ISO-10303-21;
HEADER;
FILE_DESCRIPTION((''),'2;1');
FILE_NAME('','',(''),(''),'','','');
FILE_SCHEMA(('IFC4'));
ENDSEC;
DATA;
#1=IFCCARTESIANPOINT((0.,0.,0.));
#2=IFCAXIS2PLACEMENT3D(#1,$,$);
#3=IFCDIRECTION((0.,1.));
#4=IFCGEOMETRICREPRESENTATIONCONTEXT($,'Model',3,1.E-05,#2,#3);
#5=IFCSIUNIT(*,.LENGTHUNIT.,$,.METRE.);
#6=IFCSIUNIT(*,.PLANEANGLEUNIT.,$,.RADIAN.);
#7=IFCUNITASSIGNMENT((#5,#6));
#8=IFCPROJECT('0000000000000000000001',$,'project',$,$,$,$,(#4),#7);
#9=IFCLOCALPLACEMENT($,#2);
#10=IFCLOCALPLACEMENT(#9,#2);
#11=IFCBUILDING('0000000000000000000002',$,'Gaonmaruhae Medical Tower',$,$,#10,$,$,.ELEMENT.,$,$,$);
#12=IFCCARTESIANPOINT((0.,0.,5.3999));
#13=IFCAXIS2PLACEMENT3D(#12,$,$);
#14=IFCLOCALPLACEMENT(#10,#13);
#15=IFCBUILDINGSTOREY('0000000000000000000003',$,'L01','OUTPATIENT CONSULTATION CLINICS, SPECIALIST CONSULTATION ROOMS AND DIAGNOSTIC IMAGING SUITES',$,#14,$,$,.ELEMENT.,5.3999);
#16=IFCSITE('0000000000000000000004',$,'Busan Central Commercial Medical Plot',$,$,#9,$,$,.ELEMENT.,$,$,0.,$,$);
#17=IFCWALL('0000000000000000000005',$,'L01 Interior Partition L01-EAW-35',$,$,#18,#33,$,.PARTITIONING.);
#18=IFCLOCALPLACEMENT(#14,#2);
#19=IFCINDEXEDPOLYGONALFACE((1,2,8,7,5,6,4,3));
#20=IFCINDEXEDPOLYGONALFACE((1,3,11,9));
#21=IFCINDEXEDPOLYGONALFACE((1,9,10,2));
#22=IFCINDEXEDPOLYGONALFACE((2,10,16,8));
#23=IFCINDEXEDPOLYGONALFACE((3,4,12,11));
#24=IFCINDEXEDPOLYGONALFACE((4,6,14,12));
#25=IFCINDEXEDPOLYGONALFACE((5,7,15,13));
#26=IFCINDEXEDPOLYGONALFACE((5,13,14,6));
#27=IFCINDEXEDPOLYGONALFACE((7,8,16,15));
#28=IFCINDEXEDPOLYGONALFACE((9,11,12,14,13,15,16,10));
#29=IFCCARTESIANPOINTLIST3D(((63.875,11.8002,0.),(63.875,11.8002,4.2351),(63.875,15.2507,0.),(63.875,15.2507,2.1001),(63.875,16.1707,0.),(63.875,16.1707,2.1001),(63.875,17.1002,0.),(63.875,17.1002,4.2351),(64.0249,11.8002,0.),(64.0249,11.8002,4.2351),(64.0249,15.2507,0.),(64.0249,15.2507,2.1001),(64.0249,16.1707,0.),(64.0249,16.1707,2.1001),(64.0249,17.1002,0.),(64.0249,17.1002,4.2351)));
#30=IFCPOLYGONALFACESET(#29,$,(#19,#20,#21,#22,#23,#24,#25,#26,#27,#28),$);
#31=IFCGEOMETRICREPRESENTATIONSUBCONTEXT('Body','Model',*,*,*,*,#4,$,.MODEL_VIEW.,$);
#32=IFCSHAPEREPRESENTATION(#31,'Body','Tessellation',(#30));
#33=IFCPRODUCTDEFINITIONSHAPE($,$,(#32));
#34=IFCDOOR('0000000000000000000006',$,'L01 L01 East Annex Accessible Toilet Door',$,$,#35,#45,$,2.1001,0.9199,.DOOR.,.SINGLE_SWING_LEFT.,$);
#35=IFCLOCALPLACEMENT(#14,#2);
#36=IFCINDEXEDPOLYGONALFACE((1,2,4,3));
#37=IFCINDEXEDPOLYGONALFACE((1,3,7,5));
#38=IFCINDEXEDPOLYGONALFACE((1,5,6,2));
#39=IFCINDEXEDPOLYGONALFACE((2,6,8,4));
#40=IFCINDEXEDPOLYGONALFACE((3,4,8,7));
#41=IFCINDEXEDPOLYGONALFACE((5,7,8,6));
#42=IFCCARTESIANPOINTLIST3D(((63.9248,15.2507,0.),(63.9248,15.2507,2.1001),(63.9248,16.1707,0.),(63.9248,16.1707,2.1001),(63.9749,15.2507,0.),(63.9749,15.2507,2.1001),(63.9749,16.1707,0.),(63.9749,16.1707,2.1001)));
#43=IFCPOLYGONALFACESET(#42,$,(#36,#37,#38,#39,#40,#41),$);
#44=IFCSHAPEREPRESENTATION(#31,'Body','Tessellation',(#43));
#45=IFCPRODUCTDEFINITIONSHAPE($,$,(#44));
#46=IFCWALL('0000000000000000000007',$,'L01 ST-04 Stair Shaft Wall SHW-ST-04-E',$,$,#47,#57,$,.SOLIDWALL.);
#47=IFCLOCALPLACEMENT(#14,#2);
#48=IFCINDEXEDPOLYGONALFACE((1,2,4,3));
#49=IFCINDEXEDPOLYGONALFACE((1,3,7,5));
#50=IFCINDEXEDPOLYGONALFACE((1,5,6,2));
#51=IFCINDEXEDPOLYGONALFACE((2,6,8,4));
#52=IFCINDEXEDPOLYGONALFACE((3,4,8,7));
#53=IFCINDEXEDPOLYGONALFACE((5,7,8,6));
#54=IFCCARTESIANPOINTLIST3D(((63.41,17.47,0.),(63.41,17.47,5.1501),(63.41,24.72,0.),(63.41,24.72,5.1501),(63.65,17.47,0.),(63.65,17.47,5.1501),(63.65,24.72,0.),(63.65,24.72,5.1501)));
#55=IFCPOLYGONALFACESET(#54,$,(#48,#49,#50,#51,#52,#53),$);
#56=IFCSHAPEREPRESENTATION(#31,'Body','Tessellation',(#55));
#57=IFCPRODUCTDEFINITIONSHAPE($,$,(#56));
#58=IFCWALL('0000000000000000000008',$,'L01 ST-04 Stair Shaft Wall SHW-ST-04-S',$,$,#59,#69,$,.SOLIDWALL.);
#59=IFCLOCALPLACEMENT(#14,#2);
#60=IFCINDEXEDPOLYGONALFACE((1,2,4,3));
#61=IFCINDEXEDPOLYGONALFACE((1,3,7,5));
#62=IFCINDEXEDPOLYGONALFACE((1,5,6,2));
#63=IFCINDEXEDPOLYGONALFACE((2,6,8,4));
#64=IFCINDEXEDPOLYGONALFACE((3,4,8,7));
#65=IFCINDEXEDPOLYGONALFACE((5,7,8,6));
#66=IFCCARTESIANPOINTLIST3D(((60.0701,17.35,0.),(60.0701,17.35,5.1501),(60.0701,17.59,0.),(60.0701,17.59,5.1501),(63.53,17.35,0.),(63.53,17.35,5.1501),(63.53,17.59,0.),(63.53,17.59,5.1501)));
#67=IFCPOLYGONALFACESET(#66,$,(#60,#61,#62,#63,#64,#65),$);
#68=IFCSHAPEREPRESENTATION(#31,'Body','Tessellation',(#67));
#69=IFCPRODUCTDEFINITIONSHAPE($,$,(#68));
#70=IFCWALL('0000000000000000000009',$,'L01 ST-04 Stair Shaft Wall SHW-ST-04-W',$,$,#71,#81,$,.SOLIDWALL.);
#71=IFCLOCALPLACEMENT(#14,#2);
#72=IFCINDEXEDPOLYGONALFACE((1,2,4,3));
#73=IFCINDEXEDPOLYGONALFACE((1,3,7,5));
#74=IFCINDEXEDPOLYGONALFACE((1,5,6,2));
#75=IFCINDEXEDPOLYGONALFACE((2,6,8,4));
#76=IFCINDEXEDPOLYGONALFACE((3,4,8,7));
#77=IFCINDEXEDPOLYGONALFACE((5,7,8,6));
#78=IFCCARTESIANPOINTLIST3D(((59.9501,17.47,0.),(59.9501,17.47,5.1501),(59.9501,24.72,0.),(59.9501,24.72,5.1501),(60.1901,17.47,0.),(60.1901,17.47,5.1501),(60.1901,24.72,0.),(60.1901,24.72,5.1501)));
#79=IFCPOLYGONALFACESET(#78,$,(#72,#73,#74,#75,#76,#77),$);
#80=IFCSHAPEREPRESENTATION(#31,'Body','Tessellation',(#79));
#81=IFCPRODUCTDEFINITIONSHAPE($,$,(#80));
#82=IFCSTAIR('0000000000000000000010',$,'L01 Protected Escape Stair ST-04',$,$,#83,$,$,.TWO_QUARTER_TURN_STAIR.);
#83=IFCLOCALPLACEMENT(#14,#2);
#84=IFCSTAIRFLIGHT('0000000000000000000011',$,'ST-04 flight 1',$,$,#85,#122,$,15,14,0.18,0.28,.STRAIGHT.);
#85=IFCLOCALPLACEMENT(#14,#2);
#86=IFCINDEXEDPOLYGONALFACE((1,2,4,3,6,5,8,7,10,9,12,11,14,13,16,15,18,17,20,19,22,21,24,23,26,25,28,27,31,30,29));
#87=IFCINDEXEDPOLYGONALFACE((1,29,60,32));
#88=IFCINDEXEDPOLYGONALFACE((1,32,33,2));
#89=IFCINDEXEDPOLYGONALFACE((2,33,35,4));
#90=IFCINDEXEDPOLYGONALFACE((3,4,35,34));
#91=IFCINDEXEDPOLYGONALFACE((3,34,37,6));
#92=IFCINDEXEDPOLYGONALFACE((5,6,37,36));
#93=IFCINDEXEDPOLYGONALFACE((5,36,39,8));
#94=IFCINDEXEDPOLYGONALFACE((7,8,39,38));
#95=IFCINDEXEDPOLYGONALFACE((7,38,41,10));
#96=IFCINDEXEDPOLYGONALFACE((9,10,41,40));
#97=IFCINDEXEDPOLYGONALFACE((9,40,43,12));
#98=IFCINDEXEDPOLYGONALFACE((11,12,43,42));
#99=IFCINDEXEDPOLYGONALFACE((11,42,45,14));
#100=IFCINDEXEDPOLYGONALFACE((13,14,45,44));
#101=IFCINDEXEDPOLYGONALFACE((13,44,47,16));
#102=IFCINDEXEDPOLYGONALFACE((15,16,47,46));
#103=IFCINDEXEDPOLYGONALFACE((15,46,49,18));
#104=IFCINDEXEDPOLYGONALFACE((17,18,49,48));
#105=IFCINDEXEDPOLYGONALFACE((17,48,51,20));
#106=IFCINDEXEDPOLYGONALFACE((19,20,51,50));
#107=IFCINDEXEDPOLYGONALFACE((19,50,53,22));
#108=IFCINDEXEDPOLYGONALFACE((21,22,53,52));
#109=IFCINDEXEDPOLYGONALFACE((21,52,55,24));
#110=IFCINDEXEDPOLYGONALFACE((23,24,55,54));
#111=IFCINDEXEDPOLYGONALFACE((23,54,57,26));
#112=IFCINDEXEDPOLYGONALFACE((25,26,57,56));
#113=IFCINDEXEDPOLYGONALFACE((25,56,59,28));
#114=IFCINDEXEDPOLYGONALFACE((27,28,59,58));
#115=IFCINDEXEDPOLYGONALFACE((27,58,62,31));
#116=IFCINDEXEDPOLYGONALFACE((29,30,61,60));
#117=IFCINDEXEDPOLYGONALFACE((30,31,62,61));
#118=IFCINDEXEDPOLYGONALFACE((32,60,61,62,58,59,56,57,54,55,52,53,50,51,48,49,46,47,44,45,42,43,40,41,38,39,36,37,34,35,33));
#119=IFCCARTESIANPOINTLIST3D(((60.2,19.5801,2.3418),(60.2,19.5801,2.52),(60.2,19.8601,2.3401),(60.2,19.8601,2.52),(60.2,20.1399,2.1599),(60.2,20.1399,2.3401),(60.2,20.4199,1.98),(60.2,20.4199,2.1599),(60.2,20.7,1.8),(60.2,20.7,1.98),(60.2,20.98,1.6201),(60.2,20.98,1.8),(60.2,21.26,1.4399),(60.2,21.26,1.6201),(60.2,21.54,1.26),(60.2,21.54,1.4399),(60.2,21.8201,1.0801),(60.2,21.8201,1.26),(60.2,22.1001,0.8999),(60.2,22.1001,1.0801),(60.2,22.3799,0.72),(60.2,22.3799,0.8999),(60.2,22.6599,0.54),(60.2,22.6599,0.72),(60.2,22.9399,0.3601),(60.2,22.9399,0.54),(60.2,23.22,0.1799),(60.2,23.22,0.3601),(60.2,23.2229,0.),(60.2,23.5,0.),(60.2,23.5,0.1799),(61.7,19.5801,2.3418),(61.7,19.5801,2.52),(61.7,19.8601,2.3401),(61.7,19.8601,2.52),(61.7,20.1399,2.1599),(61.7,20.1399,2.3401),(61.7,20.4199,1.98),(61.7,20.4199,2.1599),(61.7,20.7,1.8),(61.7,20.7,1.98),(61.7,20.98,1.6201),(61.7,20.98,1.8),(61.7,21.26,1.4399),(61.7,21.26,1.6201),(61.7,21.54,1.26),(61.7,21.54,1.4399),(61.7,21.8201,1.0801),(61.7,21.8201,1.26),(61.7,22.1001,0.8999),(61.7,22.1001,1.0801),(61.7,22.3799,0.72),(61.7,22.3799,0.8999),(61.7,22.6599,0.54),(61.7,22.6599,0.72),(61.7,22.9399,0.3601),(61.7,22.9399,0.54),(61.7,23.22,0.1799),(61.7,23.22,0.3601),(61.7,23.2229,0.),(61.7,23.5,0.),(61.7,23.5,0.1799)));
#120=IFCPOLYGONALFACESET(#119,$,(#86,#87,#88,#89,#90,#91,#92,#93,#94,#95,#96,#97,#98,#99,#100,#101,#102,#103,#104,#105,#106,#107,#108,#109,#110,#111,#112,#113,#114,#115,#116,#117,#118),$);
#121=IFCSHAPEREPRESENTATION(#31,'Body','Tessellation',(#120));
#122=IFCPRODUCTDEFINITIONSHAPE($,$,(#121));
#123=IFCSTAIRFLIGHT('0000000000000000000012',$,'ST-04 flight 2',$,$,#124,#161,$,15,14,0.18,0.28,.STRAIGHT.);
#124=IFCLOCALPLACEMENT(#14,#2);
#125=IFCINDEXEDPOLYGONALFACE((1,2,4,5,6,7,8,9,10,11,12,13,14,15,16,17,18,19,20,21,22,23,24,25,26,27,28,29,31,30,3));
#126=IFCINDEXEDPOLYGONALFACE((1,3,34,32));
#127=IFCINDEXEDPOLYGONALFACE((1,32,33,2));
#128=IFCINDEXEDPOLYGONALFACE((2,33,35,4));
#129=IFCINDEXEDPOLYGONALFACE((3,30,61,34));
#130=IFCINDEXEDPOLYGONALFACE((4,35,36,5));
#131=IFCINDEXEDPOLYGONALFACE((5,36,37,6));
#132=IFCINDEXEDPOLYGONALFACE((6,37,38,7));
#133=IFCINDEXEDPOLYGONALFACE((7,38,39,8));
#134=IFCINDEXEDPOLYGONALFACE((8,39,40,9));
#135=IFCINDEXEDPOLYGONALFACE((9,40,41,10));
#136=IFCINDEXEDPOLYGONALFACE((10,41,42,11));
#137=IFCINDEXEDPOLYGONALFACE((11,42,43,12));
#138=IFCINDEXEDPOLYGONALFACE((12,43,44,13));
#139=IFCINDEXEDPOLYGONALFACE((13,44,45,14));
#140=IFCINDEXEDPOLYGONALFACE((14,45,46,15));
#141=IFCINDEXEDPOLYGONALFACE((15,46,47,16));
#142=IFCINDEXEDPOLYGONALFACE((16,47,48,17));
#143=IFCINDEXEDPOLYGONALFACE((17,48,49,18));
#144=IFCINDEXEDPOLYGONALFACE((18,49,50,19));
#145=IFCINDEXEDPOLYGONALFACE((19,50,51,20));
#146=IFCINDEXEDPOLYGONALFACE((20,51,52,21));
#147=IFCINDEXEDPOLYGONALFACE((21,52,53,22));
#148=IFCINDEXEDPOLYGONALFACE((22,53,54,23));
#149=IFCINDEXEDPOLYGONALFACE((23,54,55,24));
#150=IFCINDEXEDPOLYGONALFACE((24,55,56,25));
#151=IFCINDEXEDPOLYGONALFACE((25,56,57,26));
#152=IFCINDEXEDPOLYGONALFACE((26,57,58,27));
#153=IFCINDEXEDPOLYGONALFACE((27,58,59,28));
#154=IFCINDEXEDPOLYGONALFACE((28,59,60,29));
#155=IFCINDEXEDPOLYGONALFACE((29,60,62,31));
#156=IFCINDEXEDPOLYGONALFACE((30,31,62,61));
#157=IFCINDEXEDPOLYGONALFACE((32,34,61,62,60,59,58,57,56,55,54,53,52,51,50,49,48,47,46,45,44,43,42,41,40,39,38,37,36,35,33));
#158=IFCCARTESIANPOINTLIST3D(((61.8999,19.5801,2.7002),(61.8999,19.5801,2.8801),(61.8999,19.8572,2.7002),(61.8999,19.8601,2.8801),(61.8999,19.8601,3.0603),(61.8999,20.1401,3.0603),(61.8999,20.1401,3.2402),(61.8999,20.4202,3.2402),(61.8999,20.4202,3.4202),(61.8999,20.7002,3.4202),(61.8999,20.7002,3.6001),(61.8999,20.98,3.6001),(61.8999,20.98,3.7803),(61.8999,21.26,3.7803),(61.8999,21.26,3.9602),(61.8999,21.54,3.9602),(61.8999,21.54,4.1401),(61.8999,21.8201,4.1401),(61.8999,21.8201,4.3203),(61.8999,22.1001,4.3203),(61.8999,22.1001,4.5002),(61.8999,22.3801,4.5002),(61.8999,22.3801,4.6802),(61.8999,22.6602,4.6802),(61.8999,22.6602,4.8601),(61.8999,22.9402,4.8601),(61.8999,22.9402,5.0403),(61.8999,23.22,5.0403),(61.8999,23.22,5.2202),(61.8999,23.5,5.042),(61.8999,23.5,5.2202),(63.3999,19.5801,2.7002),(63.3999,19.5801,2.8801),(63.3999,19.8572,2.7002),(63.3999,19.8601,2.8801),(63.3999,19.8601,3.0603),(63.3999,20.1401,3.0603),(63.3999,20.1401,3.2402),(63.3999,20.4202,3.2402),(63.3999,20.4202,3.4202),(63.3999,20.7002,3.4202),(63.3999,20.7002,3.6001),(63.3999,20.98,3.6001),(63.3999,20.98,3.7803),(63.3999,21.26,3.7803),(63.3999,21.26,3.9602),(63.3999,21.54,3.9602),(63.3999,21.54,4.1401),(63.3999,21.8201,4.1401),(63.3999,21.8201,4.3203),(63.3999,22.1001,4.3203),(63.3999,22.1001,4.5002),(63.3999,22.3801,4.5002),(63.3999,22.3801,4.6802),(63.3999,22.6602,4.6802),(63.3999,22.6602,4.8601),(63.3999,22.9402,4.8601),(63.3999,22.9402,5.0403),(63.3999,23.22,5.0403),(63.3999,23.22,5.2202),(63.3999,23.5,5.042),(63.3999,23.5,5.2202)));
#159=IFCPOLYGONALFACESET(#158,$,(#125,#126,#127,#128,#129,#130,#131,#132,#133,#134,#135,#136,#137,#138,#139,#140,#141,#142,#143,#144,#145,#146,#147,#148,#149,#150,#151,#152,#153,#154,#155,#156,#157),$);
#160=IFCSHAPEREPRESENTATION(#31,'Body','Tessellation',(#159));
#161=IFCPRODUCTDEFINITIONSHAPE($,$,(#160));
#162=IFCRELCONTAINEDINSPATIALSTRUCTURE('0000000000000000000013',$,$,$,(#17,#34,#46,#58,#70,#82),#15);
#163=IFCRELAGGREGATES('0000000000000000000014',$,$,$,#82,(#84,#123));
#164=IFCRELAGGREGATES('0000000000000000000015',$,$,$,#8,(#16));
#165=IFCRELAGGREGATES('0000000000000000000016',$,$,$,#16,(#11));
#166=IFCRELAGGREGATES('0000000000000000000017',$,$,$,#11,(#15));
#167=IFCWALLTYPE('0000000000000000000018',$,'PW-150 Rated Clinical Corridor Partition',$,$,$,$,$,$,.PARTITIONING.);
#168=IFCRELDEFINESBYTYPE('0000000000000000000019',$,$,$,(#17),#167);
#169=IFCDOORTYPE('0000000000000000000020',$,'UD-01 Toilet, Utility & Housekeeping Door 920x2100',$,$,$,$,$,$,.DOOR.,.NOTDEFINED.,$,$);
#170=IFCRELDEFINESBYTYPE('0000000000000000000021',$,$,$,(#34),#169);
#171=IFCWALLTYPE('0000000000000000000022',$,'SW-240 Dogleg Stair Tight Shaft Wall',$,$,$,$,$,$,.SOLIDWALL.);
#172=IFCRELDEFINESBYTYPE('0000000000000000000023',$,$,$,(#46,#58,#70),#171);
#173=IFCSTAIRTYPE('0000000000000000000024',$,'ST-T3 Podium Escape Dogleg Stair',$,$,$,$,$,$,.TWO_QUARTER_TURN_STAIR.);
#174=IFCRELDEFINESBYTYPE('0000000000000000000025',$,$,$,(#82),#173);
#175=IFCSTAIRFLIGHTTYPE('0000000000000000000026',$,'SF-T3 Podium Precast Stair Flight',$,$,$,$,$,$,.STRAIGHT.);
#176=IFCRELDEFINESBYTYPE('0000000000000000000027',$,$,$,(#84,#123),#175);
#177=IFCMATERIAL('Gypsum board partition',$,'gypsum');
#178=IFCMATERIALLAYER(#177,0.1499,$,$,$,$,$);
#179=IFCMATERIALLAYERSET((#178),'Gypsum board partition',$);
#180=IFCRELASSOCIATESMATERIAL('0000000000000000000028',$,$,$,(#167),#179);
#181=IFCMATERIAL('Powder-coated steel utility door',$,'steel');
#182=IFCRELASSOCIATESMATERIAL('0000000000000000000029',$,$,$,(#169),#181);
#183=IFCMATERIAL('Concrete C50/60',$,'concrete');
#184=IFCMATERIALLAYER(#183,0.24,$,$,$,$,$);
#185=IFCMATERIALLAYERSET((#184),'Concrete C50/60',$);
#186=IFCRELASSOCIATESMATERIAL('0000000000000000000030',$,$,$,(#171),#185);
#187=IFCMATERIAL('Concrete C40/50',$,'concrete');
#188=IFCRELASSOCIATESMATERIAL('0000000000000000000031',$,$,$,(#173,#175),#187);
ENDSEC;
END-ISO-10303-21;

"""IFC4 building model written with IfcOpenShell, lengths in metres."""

from ifc_helpers import new_model, si_unit, direction, frame, frame_2d, origin, place, context, subcontext, project, spatial, polyline, rectangle, outline, extrude, material, layer, layer_set, type_object, element, fill, aggregate, save


model = new_model("IFC4")

# Units and contexts
model_context = context("Model", 3, precision=1e-05, world=origin(), true_north=direction((0.0, 1.0)))
body_context = subcontext(model_context, "Body", "Model", "MODEL_VIEW")
ifc_project = project(units=[si_unit("LENGTHUNIT", "METRE"), si_unit("PLANEANGLEUNIT", "RADIAN")], contexts=[model_context])

# Site, building, storey
site_placement = place(None, origin())
site = spatial("IfcSite", under=ifc_project, at=site_placement, Name="Busan Central Commercial Medical Plot", CompositionType="ELEMENT", RefElevation=0.0)
building_placement = place(site_placement, origin())
building = spatial("IfcBuilding", under=site, at=building_placement, Name="Gaonmaruhae Medical Tower", CompositionType="ELEMENT")
storey_placement = place(building_placement, frame((0.0, 0.0, 5.3999)))
storey = spatial("IfcBuildingStorey", under=building, at=storey_placement, Name="L01", Description="OUTPATIENT CONSULTATION CLINICS, SPECIALIST CONSULTATION ROOMS AND DIAGNOSTIC IMAGING SUITES", CompositionType="ELEMENT", Elevation=5.3999)

# Shared definitions
ifc_material_1 = material(Name="Concrete C50/60", Category="concrete")

# Shared definitions
ifc_material_2 = material(Name="Gypsum board partition", Category="gypsum")
ifc_layer_1 = layer(ifc_material_2, 0.1499)
ifc_layer_set_1 = layer_set([ifc_layer_1], Name="Gypsum board partition")
wall_type_1 = type_object("IfcWallType", Name="PW-150 Rated Clinical Corridor Partition", PredefinedType="PARTITIONING", material=ifc_layer_set_1)

# Wall, opening, door
wall_1_placement = place(storey_placement, frame((63.95, 17.1001, 0.0), z_axis=(0.0, 0.0, 1.0), x_axis=(0.0, -1.0, 0.0)))
wall_1 = element("IfcWall", 1, at=wall_1_placement, inside=storey, type_object=wall_type_1, Name="L01 Interior Partition L01-EAW-35", PredefinedType="PARTITIONING", context=body_context, shape_type="SweptSolid", body=[
    extrude(rectangle(XDim=5.3, YDim=0.1499, at=frame_2d((2.6499, 0.0))), origin(), (0.0, 0.0, 1.0), 4.2351),
])
opening_1_placement = place(wall_1_placement, frame((0.9294, 0.0, 0.0)))
opening_1 = element("IfcOpeningElement", 2, at=opening_1_placement, cuts=wall_1, PredefinedType="OPENING", context=body_context, shape_type="SweptSolid", body=[
    extrude(rectangle(XDim=0.9199, YDim=2.1001, at=frame_2d((0.46, 1.05))), frame((0.0, 0.085, 0.0), z_axis=(0.0, -1.0, 0.0), x_axis=(1.0, 0.0, 0.0)), (0.0, 0.0, 1.0), 0.1699),
])
ifc_material_3 = material(Name="Powder-coated steel utility door", Category="steel")
door_type_1 = type_object("IfcDoorType", Name="UD-01 Toilet, Utility & Housekeeping Door 920x2100", OperationType="NOTDEFINED", PredefinedType="DOOR", material=ifc_material_3)
door_1_placement = place(opening_1_placement, origin())
door_1 = element("IfcDoor", 3, at=door_1_placement, inside=storey, type_object=door_type_1, Name="L01 L01 East Annex Accessible Toilet Door", OperationType="SINGLE_SWING_LEFT", OverallHeight=2.1001, OverallWidth=0.9199, PredefinedType="DOOR", context=body_context, shape_type="SweptSolid", body=[
    extrude(rectangle(XDim=0.9199, YDim=2.1001, at=frame_2d((0.46, 1.05))), frame((0.0, 0.0249, 0.0), z_axis=(0.0, -1.0, 0.0), x_axis=(1.0, 0.0, 0.0)), (0.0, 0.0, 1.0), 0.05),
])
fill(opening_1, door_1)

# Walls
ifc_layer_2 = layer(ifc_material_1, 0.24)
ifc_layer_set_2 = layer_set([ifc_layer_2], Name="Concrete C50/60")
wall_type_2 = type_object("IfcWallType", Name="SW-240 Dogleg Stair Tight Shaft Wall", PredefinedType="SOLIDWALL", material=ifc_layer_set_2)
wall_2_placement = place(storey_placement, frame((63.53, 24.72, 0.0), z_axis=(0.0, 0.0, 1.0), x_axis=(0.0, -1.0, 0.0)))
element("IfcWall", 4, at=wall_2_placement, inside=storey, type_object=wall_type_2, Name="L01 ST-04 Stair Shaft Wall SHW-ST-04-E", PredefinedType="SOLIDWALL", context=body_context, shape_type="SweptSolid", body=[
    extrude(rectangle(XDim=7.25, YDim=0.24, at=frame_2d((3.625, 0.0))), origin(), (0.0, 0.0, 1.0), 5.1501),
])
wall_3_placement = place(storey_placement, frame((63.53, 17.47, 0.0), z_axis=(0.0, 0.0, 1.0), x_axis=(-1.0, 0.0, 0.0)))
element("IfcWall", 5, at=wall_3_placement, inside=storey, type_object=wall_type_2, Name="L01 ST-04 Stair Shaft Wall SHW-ST-04-S", PredefinedType="SOLIDWALL", context=body_context, shape_type="SweptSolid", body=[
    extrude(rectangle(XDim=3.46, YDim=0.24, at=frame_2d((1.73, 0.0))), origin(), (0.0, 0.0, 1.0), 5.1501),
])
wall_4_placement = place(storey_placement, frame((60.0701, 17.47, 0.0), z_axis=(0.0, 0.0, 1.0), x_axis=(0.0, 1.0, 0.0)))
element("IfcWall", 6, at=wall_4_placement, inside=storey, type_object=wall_type_2, Name="L01 ST-04 Stair Shaft Wall SHW-ST-04-W", PredefinedType="SOLIDWALL", context=body_context, shape_type="SweptSolid", body=[
    extrude(rectangle(XDim=7.25, YDim=0.24, at=frame_2d((3.625, 0.0))), origin(), (0.0, 0.0, 1.0), 5.1501),
])

# Stair, stair flights
ifc_material_4 = material(Name="Concrete C40/50", Category="concrete")
stair_type = type_object("IfcStairType", Name="ST-T3 Podium Escape Dogleg Stair", PredefinedType="TWO_QUARTER_TURN_STAIR", material=ifc_material_4)
stair_placement = place(storey_placement, origin())
stair = element("IfcStair", 7, at=stair_placement, inside=storey, type_object=stair_type, Name="L01 Protected Escape Stair ST-04", PredefinedType="TWO_QUARTER_TURN_STAIR")
stair_flight_type = type_object("IfcStairFlightType", Name="SF-T3 Podium Precast Stair Flight", PredefinedType="STRAIGHT", material=ifc_material_4)
stair_flight_1_placement = place(storey_placement, frame((60.95, 23.5, 0.0), z_axis=(0.0, 0.0, 1.0), x_axis=(0.0, -1.0, 0.0)))
stair_flight_1 = element("IfcStairFlight", 8, at=stair_flight_1_placement, type_object=stair_flight_type, Name="ST-04 flight 1", NumberOfRisers=15, NumberOfTreads=14, PredefinedType="STRAIGHT", RiserHeight=0.18, TreadLength=0.28, context=body_context, shape_type="SweptSolid", body=[
    extrude(outline(polyline([(0.0, 0.0), (0.0, 0.1799), (0.28, 0.1799), (0.28, 0.3601), (0.5601, 0.3601), (0.5601, 0.54), (0.8401, 0.54), (0.8401, 0.72), (1.1201, 0.72), (1.1201, 0.8999), (1.3999, 0.8999), (1.3999, 1.0801), (1.6799, 1.0801), (1.6799, 1.26), (1.96, 1.26), (1.96, 1.4399), (2.24, 1.4399), (2.24, 1.6201), (2.52, 1.6201), (2.52, 1.8), (2.8, 1.8), (2.8, 1.98), (3.0801, 1.98), (3.0801, 2.1599), (3.3601, 2.1599), (3.3601, 2.3401), (3.6399, 2.3401), (3.6399, 2.52), (3.9199, 2.52), (3.9199, 2.7), (3.9199, 2.3418), (0.2771, 0.0), (0.0, 0.0)])), frame((0.0, 0.75, 0.0), z_axis=(0.0, -1.0, 0.0), x_axis=(1.0, 0.0, 0.0)), (0.0, 0.0, 1.0), 1.5),
])
stair_flight_2_placement = place(storey_placement, frame((62.6499, 19.5801, 2.7002), z_axis=(0.0, 0.0, 1.0), x_axis=(0.0, 1.0, 0.0)))
stair_flight_2 = element("IfcStairFlight", 9, at=stair_flight_2_placement, type_object=stair_flight_type, Name="ST-04 flight 2", NumberOfRisers=15, NumberOfTreads=14, PredefinedType="STRAIGHT", RiserHeight=0.18, TreadLength=0.28, context=body_context, shape_type="SweptSolid", body=[
    extrude(outline(polyline([(0.0, 0.0), (0.0, 0.1799), (0.28, 0.1799), (0.28, 0.3601), (0.5601, 0.3601), (0.5601, 0.54), (0.8401, 0.54), (0.8401, 0.72), (1.1201, 0.72), (1.1201, 0.8999), (1.3999, 0.8999), (1.3999, 1.0801), (1.6799, 1.0801), (1.6799, 1.26), (1.96, 1.26), (1.96, 1.4399), (2.24, 1.4399), (2.24, 1.6201), (2.52, 1.6201), (2.52, 1.8), (2.8, 1.8), (2.8, 1.98), (3.0801, 1.98), (3.0801, 2.1599), (3.3601, 2.1599), (3.3601, 2.3401), (3.6399, 2.3401), (3.6399, 2.52), (3.9199, 2.52), (3.9199, 2.7), (3.9199, 2.3418), (0.2771, 0.0), (0.0, 0.0)])), frame((0.0, 0.75, 0.0), z_axis=(0.0, -1.0, 0.0), x_axis=(1.0, 0.0, 0.0)), (0.0, 0.0, 1.0), 1.5),
])
aggregate(stair, [stair_flight_1, stair_flight_2])

save(model, "model.ifc")
